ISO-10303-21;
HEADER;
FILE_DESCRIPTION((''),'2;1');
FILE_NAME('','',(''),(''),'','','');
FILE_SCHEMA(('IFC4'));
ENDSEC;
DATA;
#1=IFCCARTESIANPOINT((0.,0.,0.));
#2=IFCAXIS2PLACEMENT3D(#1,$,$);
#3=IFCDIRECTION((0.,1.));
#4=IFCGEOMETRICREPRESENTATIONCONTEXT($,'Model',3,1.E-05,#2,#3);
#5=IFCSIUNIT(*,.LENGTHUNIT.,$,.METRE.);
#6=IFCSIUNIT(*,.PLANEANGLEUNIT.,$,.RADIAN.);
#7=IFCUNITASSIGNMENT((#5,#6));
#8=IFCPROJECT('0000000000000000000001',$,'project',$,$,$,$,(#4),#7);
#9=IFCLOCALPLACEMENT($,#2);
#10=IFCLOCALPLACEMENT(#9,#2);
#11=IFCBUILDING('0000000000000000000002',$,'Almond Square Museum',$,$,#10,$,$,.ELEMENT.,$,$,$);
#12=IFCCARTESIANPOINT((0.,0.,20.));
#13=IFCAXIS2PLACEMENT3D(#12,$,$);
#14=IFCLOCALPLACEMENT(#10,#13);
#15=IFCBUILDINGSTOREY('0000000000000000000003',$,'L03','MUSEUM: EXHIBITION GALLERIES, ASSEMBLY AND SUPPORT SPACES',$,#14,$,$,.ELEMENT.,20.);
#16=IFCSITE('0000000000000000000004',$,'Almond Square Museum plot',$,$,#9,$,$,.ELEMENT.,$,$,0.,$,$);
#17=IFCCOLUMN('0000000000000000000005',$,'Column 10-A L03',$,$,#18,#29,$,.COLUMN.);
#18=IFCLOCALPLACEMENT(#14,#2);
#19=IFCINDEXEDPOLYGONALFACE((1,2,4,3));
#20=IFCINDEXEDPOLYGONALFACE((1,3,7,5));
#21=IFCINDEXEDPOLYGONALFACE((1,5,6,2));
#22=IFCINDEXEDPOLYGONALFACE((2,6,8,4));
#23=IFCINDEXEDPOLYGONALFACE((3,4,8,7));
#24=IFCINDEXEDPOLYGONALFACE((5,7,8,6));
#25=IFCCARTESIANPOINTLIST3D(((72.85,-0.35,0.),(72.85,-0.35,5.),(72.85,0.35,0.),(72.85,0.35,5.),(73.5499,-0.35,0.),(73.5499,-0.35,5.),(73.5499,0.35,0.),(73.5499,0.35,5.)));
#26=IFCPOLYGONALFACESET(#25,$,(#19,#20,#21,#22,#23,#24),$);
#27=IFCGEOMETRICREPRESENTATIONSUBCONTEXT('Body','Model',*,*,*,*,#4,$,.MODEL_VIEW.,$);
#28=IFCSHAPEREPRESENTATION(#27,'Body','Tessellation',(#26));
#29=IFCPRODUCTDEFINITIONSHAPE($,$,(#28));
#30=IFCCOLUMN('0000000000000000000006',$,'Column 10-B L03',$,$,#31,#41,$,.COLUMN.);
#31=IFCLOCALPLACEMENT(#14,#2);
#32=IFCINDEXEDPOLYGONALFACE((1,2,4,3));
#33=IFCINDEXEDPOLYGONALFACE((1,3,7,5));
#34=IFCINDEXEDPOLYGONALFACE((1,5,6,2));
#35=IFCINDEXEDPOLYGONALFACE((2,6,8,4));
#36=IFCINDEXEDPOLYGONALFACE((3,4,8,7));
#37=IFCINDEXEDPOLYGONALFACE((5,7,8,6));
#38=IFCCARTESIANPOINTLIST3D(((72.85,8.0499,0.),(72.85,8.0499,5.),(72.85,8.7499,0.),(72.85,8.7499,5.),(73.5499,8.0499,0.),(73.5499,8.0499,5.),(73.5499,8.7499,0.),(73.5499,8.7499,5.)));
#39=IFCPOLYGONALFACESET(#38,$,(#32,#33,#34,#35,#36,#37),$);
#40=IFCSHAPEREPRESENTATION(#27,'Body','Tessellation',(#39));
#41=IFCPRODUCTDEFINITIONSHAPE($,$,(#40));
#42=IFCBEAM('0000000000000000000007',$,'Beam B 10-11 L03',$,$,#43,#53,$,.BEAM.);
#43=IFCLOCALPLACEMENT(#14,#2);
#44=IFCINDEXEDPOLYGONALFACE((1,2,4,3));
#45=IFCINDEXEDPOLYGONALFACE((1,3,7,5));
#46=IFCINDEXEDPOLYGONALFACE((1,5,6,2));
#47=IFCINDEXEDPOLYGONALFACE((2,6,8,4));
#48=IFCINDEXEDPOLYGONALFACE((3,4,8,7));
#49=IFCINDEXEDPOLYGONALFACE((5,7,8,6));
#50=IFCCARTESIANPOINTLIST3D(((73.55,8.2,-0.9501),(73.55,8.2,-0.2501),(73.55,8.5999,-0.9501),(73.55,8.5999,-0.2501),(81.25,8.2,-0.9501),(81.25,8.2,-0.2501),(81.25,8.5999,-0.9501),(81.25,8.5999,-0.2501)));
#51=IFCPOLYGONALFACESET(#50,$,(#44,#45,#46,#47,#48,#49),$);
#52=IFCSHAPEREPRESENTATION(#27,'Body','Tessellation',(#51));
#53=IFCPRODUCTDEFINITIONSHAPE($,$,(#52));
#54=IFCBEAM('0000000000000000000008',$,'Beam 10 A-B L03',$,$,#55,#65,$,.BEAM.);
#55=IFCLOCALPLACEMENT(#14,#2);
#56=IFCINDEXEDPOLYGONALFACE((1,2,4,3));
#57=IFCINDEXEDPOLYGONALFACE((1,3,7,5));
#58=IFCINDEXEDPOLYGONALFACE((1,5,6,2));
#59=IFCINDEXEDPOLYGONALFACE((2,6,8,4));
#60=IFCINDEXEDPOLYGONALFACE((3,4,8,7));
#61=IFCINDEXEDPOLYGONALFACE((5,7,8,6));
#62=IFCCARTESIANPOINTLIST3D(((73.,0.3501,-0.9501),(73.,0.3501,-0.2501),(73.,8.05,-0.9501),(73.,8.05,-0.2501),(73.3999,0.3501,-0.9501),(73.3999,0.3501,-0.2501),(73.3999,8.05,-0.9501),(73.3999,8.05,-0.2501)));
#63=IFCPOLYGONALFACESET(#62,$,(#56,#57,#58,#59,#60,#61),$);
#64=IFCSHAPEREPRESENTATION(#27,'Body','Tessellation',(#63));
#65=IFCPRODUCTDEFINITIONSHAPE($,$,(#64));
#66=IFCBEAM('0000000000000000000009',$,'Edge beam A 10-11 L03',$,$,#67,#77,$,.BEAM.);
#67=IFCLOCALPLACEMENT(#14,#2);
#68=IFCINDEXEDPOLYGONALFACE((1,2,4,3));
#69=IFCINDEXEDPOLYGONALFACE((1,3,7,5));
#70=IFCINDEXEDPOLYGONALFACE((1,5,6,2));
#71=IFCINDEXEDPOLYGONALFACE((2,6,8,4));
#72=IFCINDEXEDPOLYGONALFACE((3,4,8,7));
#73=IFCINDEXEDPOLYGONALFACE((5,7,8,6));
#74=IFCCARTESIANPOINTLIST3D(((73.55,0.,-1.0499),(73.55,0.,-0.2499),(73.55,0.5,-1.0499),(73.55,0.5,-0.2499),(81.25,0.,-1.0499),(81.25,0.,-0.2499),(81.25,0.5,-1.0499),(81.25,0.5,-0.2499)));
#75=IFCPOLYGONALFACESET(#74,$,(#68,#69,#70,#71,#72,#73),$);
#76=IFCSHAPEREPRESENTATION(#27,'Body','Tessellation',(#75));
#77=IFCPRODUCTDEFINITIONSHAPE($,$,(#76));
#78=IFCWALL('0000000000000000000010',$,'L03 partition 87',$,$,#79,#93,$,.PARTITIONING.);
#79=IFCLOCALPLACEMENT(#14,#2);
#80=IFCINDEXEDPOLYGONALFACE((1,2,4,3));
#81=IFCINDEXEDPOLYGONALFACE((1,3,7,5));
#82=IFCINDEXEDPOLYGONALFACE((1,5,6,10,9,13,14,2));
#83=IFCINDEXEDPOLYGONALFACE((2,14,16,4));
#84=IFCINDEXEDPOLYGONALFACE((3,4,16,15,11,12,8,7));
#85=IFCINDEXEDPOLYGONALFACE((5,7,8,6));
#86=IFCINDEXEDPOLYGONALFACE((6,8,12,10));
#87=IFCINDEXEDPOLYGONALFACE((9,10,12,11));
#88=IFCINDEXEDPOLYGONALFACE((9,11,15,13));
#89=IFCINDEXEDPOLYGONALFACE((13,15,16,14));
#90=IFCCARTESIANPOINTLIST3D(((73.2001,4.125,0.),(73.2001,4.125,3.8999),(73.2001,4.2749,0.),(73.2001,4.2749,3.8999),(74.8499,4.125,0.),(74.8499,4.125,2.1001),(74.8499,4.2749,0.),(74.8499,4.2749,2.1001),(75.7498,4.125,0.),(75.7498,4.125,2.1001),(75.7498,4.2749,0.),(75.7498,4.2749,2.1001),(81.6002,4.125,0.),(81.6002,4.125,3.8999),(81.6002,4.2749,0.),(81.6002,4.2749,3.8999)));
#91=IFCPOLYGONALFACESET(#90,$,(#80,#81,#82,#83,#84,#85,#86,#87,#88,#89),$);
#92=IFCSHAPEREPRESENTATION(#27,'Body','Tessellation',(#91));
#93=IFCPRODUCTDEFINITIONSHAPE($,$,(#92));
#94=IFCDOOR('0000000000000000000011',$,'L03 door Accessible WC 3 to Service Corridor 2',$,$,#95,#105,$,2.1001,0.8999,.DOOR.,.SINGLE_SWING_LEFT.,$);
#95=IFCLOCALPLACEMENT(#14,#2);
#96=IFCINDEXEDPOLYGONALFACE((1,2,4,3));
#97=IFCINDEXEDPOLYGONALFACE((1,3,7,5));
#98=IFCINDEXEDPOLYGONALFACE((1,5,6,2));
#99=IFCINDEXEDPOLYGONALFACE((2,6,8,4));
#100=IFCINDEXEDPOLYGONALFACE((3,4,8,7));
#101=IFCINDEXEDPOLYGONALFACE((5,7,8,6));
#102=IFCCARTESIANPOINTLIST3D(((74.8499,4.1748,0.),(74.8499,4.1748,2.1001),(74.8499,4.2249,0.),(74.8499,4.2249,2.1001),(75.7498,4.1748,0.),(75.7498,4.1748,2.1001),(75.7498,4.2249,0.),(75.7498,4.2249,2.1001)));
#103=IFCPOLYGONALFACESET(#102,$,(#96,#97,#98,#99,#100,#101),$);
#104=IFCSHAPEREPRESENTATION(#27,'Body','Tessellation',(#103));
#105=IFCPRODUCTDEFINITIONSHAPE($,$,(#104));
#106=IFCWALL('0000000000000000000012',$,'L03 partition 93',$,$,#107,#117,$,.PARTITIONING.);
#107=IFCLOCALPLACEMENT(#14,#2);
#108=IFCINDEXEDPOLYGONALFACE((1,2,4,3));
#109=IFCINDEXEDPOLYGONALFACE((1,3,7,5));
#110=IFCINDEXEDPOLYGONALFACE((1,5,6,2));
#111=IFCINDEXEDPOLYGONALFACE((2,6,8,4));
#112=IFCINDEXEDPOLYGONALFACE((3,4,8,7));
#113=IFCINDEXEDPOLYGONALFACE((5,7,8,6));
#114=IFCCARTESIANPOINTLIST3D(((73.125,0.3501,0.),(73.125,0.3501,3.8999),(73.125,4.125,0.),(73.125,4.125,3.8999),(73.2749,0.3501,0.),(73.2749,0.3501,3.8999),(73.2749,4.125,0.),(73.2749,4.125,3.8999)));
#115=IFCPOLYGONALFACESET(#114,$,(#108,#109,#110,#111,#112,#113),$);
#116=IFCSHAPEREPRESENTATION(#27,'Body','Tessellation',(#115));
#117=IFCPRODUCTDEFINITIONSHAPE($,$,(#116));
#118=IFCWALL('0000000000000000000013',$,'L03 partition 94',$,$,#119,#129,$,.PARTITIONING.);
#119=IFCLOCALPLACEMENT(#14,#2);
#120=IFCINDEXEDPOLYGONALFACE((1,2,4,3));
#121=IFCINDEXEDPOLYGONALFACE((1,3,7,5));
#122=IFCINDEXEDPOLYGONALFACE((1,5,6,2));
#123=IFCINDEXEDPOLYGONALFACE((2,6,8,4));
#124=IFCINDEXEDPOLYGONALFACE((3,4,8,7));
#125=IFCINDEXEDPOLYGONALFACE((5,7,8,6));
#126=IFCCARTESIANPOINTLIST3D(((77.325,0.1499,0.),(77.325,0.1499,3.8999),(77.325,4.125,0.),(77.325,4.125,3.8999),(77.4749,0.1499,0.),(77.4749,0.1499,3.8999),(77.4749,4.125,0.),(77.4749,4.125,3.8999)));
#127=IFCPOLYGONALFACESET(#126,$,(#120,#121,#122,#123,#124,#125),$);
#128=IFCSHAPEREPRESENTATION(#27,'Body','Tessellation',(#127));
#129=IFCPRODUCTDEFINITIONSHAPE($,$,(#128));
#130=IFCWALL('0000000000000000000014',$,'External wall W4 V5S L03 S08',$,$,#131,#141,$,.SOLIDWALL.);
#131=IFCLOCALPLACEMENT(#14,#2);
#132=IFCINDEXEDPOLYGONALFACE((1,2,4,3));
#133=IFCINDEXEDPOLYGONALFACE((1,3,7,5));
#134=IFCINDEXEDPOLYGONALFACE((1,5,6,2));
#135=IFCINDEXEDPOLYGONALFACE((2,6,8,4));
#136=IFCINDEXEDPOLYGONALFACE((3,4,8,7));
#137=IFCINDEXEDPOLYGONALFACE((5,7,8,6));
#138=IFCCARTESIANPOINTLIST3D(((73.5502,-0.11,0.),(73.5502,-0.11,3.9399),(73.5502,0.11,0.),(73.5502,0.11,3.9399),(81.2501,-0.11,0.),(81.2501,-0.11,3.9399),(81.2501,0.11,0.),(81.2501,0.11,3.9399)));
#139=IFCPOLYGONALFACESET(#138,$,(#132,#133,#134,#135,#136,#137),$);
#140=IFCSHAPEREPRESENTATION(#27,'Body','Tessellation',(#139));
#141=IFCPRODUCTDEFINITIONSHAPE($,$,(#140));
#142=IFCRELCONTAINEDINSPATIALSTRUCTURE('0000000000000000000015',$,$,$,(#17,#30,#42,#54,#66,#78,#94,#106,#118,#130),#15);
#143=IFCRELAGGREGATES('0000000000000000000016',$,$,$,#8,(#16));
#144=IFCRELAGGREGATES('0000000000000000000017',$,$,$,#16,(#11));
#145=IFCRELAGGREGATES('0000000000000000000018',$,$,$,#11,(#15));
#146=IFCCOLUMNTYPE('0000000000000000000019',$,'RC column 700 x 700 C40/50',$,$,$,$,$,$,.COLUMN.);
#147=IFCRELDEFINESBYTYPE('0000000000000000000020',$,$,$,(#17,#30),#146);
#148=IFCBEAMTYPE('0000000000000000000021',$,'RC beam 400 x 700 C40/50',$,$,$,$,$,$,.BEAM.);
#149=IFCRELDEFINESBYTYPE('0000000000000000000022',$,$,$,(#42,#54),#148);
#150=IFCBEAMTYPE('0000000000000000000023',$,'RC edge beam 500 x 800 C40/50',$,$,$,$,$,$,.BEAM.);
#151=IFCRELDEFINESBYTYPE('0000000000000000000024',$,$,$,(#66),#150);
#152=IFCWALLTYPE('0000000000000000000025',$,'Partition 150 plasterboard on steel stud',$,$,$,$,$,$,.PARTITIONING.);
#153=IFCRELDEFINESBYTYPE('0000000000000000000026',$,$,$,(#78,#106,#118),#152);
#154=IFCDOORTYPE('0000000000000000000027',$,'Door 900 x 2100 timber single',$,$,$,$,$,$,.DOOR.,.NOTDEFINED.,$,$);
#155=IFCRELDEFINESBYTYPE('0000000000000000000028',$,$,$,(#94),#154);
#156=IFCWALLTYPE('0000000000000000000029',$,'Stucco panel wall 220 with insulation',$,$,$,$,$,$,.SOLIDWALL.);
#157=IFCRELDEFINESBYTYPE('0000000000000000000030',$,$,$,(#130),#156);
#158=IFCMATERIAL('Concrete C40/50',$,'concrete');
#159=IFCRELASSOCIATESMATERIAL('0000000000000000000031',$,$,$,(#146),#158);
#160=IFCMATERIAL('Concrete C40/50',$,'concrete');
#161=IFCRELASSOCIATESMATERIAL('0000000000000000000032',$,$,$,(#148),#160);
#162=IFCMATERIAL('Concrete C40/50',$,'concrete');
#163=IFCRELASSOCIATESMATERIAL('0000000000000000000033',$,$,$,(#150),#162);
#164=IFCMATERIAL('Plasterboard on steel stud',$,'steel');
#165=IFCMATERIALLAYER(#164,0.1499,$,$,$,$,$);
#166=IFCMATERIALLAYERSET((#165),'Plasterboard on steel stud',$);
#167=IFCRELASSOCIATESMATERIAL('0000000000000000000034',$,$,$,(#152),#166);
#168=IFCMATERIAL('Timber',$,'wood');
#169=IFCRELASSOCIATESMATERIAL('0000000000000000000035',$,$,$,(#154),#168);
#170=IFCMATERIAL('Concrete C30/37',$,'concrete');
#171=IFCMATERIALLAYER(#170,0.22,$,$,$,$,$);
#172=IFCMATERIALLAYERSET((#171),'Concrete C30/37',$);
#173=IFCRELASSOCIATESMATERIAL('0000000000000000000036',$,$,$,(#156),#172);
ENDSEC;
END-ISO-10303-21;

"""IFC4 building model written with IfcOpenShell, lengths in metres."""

from ifc_helpers import new_model, si_unit, direction, frame, frame_2d, origin, origin_2d, place, context, subcontext, project, spatial, rectangle, extrude, material, layer, layer_set, material_profile, profile_set, type_object, element, fill, save


model = new_model("IFC4")

# Units and contexts
model_context = context("Model", 3, precision=1e-05, world=origin(), true_north=direction((0.0, 1.0)))
body_context = subcontext(model_context, "Body", "Model", "MODEL_VIEW")
ifc_project = project(units=[si_unit("LENGTHUNIT", "METRE"), si_unit("PLANEANGLEUNIT", "RADIAN")], contexts=[model_context])

# Site, building, storey
site_placement = place(None, origin())
site = spatial("IfcSite", under=ifc_project, at=site_placement, Name="Almond Square Museum plot", CompositionType="ELEMENT", RefElevation=0.0)
building_placement = place(site_placement, origin())
building = spatial("IfcBuilding", under=site, at=building_placement, Name="Almond Square Museum", CompositionType="ELEMENT")
storey_placement = place(building_placement, frame((0.0, 0.0, 20.0)))
storey = spatial("IfcBuildingStorey", under=building, at=storey_placement, Name="L03", Description="MUSEUM: EXHIBITION GALLERIES, ASSEMBLY AND SUPPORT SPACES", CompositionType="ELEMENT", Elevation=20.0)

# Columns
ifc_material_1 = material(Name="Concrete C40/50", Category="concrete")
ifc_material_profile_1 = material_profile(ifc_material_1, rectangle(XDim=0.7, YDim=0.7, at=origin_2d()))
ifc_profile_set_1 = profile_set([ifc_material_profile_1], Name="Concrete C40/50")
column_type = type_object("IfcColumnType", Name="RC column 700 x 700 C40/50", PredefinedType="COLUMN", material=ifc_profile_set_1)
for number, where, z_axis, x_axis, name in (
    (1, (73.2, 0.0, 0.0), (0.0, 0.0, 1.0), (1.0, 0.0, 0.0), "Column 10-A L03"),
    (2, (73.2, 8.3999, 0.0), (0.0, 0.0, 1.0), (1.0, 0.0, 0.0), "Column 10-B L03"),
):
    element("IfcColumn", number, at=place(storey_placement, frame(where, z_axis=z_axis, x_axis=x_axis)), inside=storey, type_object=column_type, Name=name, PredefinedType="COLUMN", context=body_context, shape_type="SweptSolid", body=[
        extrude(rectangle(XDim=0.7, YDim=0.7, at=origin_2d()), origin(), (0.0, 0.0, 1.0), 5.0),
    ])

# Beams
ifc_material_2 = material(Name="Concrete C40/50", Category="concrete")
ifc_material_profile_2 = material_profile(ifc_material_2, rectangle(XDim=0.3999, YDim=0.7, at=origin_2d()))
ifc_profile_set_2 = profile_set([ifc_material_profile_2], Name="Concrete C40/50")
beam_type_1 = type_object("IfcBeamType", Name="RC beam 400 x 700 C40/50", PredefinedType="BEAM", material=ifc_profile_set_2)
for number, where, z_axis, x_axis, name in (
    (3, (73.55, 8.3999, -0.6001), (1.0, 0.0, 0.0), (0.0, 1.0, 0.0), "Beam B 10-11 L03"),
    (4, (73.2, 0.3501, -0.6001), (0.0, 1.0, 0.0), (-1.0, 0.0, 0.0), "Beam 10 A-B L03"),
):
    element("IfcBeam", number, at=place(storey_placement, frame(where, z_axis=z_axis, x_axis=x_axis)), inside=storey, type_object=beam_type_1, Name=name, PredefinedType="BEAM", context=body_context, shape_type="SweptSolid", body=[
        extrude(rectangle(XDim=0.3999, YDim=0.7, at=origin_2d()), origin(), (0.0, 0.0, 1.0), 7.7),
    ])
ifc_material_3 = material(Name="Concrete C40/50", Category="concrete")
ifc_material_profile_3 = material_profile(ifc_material_3, rectangle(XDim=0.5, YDim=0.8, at=origin_2d()))
ifc_profile_set_3 = profile_set([ifc_material_profile_3], Name="Concrete C40/50")
beam_type_2 = type_object("IfcBeamType", Name="RC edge beam 500 x 800 C40/50", PredefinedType="BEAM", material=ifc_profile_set_3)
beam_placement = place(storey_placement, frame((73.55, 0.25, -0.6499), z_axis=(1.0, 0.0, 0.0), x_axis=(0.0, 1.0, 0.0)))
element("IfcBeam", 5, at=beam_placement, inside=storey, type_object=beam_type_2, Name="Edge beam A 10-11 L03", PredefinedType="BEAM", context=body_context, shape_type="SweptSolid", body=[
    extrude(rectangle(XDim=0.5, YDim=0.8, at=origin_2d()), origin(), (0.0, 0.0, 1.0), 7.7),
])

# Wall, opening, door
ifc_material_4 = material(Name="Plasterboard on steel stud", Category="steel")
ifc_layer_1 = layer(ifc_material_4, 0.1499)
ifc_layer_set_1 = layer_set([ifc_layer_1], Name="Plasterboard on steel stud")
wall_type_1 = type_object("IfcWallType", Name="Partition 150 plasterboard on steel stud", PredefinedType="PARTITIONING", material=ifc_layer_set_1)
wall_1_placement = place(storey_placement, frame((73.2, 4.2, 0.0), z_axis=(0.0, 0.0, 1.0), x_axis=(1.0, 0.0, 0.0)))
wall_1 = element("IfcWall", 6, at=wall_1_placement, inside=storey, type_object=wall_type_1, Name="L03 partition 87", PredefinedType="PARTITIONING", context=body_context, shape_type="SweptSolid", body=[
    extrude(rectangle(XDim=8.4001, YDim=0.1499, at=frame_2d((4.2002, 0.0))), origin(), (0.0, 0.0, 1.0), 3.8999),
])
opening_placement = place(wall_1_placement, frame((1.6499, 0.0, 0.0)))
opening = element("IfcOpeningElement", 7, at=opening_placement, cuts=wall_1, PredefinedType="OPENING", context=body_context, shape_type="SweptSolid", body=[
    extrude(rectangle(XDim=0.8999, YDim=2.1001, at=frame_2d((0.45, 1.05))), frame((0.0, 0.085, 0.0), z_axis=(0.0, -1.0, 0.0), x_axis=(1.0, 0.0, 0.0)), (0.0, 0.0, 1.0), 0.1699),
])
ifc_material_5 = material(Name="Timber", Category="wood")
door_type = type_object("IfcDoorType", Name="Door 900 x 2100 timber single", OperationType="NOTDEFINED", PredefinedType="DOOR", material=ifc_material_5)
door_placement = place(opening_placement, origin())
door = element("IfcDoor", 8, at=door_placement, inside=storey, type_object=door_type, Name="L03 door Accessible WC 3 to Service Corridor 2", OperationType="SINGLE_SWING_LEFT", OverallHeight=2.1001, OverallWidth=0.8999, PredefinedType="DOOR", context=body_context, shape_type="SweptSolid", body=[
    extrude(rectangle(XDim=0.8999, YDim=2.1001, at=frame_2d((0.45, 1.05))), frame((0.0, 0.0249, 0.0), z_axis=(0.0, -1.0, 0.0), x_axis=(1.0, 0.0, 0.0)), (0.0, 0.0, 1.0), 0.05),
])
fill(opening, door)

# Walls
wall_2_placement = place(storey_placement, frame((73.2, 0.3501, 0.0), z_axis=(0.0, 0.0, 1.0), x_axis=(0.0, 1.0, 0.0)))
element("IfcWall", 9, at=wall_2_placement, inside=storey, type_object=wall_type_1, Name="L03 partition 93", PredefinedType="PARTITIONING", context=body_context, shape_type="SweptSolid", body=[
    extrude(rectangle(XDim=3.7749, YDim=0.1499, at=frame_2d((1.8875, 0.0))), origin(), (0.0, 0.0, 1.0), 3.8999),
])
wall_3_placement = place(storey_placement, frame((77.3999, 0.1499, 0.0), z_axis=(0.0, 0.0, 1.0), x_axis=(0.0, 1.0, 0.0)))
element("IfcWall", 10, at=wall_3_placement, inside=storey, type_object=wall_type_1, Name="L03 partition 94", PredefinedType="PARTITIONING", context=body_context, shape_type="SweptSolid", body=[
    extrude(rectangle(XDim=3.9751, YDim=0.1499, at=frame_2d((1.9875, 0.0))), origin(), (0.0, 0.0, 1.0), 3.8999),
])
ifc_material_6 = material(Name="Concrete C30/37", Category="concrete")
ifc_layer_2 = layer(ifc_material_6, 0.22)
ifc_layer_set_2 = layer_set([ifc_layer_2], Name="Concrete C30/37")
wall_type_2 = type_object("IfcWallType", Name="Stucco panel wall 220 with insulation", PredefinedType="SOLIDWALL", material=ifc_layer_set_2)
wall_4_placement = place(storey_placement, frame((73.55, 0.0, 0.0), z_axis=(0.0, 0.0, 1.0), x_axis=(1.0, 0.0, 0.0)))
element("IfcWall", 11, at=wall_4_placement, inside=storey, type_object=wall_type_2, Name="External wall W4 V5S L03 S08", PredefinedType="SOLIDWALL", context=body_context, shape_type="SweptSolid", body=[
    extrude(rectangle(XDim=7.7, YDim=0.22, at=frame_2d((3.8501, 0.0))), origin(), (0.0, 0.0, 1.0), 3.9399),
])

save(model, "model.ifc")
